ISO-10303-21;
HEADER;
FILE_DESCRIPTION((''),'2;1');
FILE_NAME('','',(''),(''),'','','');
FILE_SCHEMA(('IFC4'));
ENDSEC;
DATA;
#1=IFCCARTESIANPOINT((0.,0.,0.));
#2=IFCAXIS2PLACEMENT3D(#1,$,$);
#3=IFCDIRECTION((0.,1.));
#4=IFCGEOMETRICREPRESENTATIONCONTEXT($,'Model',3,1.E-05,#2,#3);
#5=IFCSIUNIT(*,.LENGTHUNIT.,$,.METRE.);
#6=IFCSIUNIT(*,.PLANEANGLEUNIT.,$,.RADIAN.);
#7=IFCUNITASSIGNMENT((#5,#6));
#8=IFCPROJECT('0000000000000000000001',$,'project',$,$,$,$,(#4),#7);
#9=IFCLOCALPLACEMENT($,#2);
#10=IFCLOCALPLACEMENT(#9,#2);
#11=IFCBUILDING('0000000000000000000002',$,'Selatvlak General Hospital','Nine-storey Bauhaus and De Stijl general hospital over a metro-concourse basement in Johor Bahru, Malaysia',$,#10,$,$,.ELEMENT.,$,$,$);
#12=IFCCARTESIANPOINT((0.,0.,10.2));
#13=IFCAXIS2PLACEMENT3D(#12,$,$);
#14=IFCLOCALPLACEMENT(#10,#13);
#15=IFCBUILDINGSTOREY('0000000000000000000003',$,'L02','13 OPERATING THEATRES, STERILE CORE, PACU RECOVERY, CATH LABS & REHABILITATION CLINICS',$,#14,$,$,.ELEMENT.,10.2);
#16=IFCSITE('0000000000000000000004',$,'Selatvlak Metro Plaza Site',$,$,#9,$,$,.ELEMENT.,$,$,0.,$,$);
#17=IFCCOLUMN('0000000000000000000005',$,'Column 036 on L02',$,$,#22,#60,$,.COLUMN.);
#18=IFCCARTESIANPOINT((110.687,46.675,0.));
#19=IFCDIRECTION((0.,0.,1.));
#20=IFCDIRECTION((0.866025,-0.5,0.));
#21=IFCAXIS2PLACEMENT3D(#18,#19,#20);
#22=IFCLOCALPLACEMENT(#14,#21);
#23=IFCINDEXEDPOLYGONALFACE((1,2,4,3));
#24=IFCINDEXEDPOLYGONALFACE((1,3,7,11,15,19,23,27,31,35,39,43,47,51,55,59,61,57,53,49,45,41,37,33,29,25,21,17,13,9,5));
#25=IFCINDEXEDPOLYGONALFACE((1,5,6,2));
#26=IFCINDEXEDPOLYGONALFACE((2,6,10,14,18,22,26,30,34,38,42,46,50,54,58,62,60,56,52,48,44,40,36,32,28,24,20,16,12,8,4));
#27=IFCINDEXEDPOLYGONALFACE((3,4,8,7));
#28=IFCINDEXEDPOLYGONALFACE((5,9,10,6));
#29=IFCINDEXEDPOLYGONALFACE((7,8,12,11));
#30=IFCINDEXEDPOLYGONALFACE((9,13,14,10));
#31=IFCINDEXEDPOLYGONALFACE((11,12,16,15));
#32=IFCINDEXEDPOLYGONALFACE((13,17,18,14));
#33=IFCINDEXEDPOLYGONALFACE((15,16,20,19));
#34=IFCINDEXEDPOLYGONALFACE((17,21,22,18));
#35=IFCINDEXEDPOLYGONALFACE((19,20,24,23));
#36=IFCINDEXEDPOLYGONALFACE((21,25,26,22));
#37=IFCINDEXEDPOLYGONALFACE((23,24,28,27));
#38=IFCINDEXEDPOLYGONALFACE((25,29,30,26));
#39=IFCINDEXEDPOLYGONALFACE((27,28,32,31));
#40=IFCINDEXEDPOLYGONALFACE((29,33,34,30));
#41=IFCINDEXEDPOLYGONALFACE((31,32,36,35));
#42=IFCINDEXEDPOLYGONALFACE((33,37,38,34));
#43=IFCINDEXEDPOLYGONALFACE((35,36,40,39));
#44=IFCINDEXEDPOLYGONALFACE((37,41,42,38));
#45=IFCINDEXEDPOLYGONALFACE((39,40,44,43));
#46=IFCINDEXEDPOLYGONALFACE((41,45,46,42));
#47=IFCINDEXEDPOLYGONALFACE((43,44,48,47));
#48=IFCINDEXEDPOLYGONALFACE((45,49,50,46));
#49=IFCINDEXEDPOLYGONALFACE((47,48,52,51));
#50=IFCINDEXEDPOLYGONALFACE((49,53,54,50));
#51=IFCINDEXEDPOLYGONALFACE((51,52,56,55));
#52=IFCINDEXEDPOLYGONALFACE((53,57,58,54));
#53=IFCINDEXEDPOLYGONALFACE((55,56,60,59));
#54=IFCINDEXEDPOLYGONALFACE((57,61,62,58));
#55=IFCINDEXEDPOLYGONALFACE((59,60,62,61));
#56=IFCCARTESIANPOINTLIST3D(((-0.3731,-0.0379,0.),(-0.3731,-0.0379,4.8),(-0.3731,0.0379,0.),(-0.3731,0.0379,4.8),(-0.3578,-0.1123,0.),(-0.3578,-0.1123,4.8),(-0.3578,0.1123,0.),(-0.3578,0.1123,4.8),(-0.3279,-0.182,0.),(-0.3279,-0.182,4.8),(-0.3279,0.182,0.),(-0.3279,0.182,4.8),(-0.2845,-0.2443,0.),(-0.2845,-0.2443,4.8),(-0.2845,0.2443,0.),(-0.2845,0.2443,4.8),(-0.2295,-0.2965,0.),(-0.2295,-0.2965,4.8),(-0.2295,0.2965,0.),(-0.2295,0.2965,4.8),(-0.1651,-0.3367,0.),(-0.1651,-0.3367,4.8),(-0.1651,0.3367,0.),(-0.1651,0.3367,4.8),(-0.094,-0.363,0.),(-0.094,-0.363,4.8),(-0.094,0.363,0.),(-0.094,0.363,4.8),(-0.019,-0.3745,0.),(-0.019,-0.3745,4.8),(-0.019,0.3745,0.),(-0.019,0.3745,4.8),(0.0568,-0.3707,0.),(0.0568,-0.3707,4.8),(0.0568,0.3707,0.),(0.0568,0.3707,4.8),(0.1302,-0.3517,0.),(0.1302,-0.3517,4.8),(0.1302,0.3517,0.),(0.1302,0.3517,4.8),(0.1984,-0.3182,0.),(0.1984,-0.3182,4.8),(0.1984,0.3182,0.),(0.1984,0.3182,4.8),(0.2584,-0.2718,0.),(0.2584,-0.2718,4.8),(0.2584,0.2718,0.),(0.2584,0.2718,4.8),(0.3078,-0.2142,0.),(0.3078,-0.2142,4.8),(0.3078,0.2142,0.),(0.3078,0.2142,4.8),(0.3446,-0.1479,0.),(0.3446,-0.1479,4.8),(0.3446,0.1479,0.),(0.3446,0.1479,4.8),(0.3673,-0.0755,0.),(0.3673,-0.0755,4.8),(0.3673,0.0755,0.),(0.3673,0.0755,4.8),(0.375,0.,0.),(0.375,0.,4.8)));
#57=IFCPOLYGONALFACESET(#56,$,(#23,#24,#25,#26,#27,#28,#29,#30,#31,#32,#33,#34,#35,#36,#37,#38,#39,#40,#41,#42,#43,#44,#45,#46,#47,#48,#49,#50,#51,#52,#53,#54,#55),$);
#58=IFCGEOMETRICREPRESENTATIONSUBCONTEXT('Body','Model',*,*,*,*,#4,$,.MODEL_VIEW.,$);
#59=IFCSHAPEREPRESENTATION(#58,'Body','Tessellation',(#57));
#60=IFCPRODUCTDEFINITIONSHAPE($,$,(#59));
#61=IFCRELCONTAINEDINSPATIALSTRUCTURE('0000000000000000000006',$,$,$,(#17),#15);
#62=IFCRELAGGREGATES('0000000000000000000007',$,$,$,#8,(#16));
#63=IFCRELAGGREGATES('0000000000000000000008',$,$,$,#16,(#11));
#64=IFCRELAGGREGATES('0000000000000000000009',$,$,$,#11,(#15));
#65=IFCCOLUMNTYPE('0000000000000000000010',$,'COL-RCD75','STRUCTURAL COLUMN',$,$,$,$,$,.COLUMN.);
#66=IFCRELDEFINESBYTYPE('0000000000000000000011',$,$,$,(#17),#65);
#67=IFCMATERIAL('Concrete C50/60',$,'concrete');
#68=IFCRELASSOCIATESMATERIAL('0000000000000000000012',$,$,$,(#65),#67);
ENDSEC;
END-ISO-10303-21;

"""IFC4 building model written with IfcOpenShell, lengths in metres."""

from ifc_helpers import new_model, si_unit, direction, frame, origin, origin_2d, place, context, subcontext, project, spatial, circle, extrude, material, material_profile, profile_set, type_object, element, save


model = new_model("IFC4")

# Units and contexts
model_context = context("Model", 3, precision=1e-05, world=origin(), true_north=direction((0.0, 1.0)))
body_context = subcontext(model_context, "Body", "Model", "MODEL_VIEW")
ifc_project = project(units=[si_unit("LENGTHUNIT", "METRE"), si_unit("PLANEANGLEUNIT", "RADIAN")], contexts=[model_context])

# Site, building, storey
site_placement = place(None, origin())
site = spatial("IfcSite", under=ifc_project, at=site_placement, Name="Selatvlak Metro Plaza Site", CompositionType="ELEMENT", RefElevation=0.0)
building_placement = place(site_placement, origin())
building = spatial("IfcBuilding", under=site, at=building_placement, Name="Selatvlak General Hospital", Description="Nine-storey Bauhaus and De Stijl general hospital over a metro-concourse basement in Johor Bahru, Malaysia", CompositionType="ELEMENT")
storey_placement = place(building_placement, frame((0.0, 0.0, 10.2)))
storey = spatial("IfcBuildingStorey", under=building, at=storey_placement, Name="L02", Description="13 OPERATING THEATRES, STERILE CORE, PACU RECOVERY, CATH LABS & REHABILITATION CLINICS", CompositionType="ELEMENT", Elevation=10.2)

# Column
ifc_material_1 = material(Name="Concrete C50/60", Category="concrete")
ifc_material_profile_1 = material_profile(ifc_material_1, circle(Radius=0.375, at=origin_2d()), Name="RC-COL D750")
ifc_profile_set_1 = profile_set([ifc_material_profile_1], Name="Concrete C50/60")
column_type_1 = type_object("IfcColumnType", Name="COL-RCD75", Description="STRUCTURAL COLUMN", PredefinedType="COLUMN", material=ifc_profile_set_1)
column_placement = place(storey_placement, frame((110.687, 46.675, 0.0), z_axis=(0.0, 0.0, 1.0), x_axis=(0.866025, -0.5, 0.0)))
element("IfcColumn", 1, at=column_placement, inside=storey, type_object=column_type_1, Name="Column 036 on L02", PredefinedType="COLUMN", context=body_context, shape_type="SweptSolid", body=[
    extrude(circle(Radius=0.375, at=origin_2d()), origin(), (0.0, 0.0, 1.0), 4.8),
])

save(model, "model.ifc")
